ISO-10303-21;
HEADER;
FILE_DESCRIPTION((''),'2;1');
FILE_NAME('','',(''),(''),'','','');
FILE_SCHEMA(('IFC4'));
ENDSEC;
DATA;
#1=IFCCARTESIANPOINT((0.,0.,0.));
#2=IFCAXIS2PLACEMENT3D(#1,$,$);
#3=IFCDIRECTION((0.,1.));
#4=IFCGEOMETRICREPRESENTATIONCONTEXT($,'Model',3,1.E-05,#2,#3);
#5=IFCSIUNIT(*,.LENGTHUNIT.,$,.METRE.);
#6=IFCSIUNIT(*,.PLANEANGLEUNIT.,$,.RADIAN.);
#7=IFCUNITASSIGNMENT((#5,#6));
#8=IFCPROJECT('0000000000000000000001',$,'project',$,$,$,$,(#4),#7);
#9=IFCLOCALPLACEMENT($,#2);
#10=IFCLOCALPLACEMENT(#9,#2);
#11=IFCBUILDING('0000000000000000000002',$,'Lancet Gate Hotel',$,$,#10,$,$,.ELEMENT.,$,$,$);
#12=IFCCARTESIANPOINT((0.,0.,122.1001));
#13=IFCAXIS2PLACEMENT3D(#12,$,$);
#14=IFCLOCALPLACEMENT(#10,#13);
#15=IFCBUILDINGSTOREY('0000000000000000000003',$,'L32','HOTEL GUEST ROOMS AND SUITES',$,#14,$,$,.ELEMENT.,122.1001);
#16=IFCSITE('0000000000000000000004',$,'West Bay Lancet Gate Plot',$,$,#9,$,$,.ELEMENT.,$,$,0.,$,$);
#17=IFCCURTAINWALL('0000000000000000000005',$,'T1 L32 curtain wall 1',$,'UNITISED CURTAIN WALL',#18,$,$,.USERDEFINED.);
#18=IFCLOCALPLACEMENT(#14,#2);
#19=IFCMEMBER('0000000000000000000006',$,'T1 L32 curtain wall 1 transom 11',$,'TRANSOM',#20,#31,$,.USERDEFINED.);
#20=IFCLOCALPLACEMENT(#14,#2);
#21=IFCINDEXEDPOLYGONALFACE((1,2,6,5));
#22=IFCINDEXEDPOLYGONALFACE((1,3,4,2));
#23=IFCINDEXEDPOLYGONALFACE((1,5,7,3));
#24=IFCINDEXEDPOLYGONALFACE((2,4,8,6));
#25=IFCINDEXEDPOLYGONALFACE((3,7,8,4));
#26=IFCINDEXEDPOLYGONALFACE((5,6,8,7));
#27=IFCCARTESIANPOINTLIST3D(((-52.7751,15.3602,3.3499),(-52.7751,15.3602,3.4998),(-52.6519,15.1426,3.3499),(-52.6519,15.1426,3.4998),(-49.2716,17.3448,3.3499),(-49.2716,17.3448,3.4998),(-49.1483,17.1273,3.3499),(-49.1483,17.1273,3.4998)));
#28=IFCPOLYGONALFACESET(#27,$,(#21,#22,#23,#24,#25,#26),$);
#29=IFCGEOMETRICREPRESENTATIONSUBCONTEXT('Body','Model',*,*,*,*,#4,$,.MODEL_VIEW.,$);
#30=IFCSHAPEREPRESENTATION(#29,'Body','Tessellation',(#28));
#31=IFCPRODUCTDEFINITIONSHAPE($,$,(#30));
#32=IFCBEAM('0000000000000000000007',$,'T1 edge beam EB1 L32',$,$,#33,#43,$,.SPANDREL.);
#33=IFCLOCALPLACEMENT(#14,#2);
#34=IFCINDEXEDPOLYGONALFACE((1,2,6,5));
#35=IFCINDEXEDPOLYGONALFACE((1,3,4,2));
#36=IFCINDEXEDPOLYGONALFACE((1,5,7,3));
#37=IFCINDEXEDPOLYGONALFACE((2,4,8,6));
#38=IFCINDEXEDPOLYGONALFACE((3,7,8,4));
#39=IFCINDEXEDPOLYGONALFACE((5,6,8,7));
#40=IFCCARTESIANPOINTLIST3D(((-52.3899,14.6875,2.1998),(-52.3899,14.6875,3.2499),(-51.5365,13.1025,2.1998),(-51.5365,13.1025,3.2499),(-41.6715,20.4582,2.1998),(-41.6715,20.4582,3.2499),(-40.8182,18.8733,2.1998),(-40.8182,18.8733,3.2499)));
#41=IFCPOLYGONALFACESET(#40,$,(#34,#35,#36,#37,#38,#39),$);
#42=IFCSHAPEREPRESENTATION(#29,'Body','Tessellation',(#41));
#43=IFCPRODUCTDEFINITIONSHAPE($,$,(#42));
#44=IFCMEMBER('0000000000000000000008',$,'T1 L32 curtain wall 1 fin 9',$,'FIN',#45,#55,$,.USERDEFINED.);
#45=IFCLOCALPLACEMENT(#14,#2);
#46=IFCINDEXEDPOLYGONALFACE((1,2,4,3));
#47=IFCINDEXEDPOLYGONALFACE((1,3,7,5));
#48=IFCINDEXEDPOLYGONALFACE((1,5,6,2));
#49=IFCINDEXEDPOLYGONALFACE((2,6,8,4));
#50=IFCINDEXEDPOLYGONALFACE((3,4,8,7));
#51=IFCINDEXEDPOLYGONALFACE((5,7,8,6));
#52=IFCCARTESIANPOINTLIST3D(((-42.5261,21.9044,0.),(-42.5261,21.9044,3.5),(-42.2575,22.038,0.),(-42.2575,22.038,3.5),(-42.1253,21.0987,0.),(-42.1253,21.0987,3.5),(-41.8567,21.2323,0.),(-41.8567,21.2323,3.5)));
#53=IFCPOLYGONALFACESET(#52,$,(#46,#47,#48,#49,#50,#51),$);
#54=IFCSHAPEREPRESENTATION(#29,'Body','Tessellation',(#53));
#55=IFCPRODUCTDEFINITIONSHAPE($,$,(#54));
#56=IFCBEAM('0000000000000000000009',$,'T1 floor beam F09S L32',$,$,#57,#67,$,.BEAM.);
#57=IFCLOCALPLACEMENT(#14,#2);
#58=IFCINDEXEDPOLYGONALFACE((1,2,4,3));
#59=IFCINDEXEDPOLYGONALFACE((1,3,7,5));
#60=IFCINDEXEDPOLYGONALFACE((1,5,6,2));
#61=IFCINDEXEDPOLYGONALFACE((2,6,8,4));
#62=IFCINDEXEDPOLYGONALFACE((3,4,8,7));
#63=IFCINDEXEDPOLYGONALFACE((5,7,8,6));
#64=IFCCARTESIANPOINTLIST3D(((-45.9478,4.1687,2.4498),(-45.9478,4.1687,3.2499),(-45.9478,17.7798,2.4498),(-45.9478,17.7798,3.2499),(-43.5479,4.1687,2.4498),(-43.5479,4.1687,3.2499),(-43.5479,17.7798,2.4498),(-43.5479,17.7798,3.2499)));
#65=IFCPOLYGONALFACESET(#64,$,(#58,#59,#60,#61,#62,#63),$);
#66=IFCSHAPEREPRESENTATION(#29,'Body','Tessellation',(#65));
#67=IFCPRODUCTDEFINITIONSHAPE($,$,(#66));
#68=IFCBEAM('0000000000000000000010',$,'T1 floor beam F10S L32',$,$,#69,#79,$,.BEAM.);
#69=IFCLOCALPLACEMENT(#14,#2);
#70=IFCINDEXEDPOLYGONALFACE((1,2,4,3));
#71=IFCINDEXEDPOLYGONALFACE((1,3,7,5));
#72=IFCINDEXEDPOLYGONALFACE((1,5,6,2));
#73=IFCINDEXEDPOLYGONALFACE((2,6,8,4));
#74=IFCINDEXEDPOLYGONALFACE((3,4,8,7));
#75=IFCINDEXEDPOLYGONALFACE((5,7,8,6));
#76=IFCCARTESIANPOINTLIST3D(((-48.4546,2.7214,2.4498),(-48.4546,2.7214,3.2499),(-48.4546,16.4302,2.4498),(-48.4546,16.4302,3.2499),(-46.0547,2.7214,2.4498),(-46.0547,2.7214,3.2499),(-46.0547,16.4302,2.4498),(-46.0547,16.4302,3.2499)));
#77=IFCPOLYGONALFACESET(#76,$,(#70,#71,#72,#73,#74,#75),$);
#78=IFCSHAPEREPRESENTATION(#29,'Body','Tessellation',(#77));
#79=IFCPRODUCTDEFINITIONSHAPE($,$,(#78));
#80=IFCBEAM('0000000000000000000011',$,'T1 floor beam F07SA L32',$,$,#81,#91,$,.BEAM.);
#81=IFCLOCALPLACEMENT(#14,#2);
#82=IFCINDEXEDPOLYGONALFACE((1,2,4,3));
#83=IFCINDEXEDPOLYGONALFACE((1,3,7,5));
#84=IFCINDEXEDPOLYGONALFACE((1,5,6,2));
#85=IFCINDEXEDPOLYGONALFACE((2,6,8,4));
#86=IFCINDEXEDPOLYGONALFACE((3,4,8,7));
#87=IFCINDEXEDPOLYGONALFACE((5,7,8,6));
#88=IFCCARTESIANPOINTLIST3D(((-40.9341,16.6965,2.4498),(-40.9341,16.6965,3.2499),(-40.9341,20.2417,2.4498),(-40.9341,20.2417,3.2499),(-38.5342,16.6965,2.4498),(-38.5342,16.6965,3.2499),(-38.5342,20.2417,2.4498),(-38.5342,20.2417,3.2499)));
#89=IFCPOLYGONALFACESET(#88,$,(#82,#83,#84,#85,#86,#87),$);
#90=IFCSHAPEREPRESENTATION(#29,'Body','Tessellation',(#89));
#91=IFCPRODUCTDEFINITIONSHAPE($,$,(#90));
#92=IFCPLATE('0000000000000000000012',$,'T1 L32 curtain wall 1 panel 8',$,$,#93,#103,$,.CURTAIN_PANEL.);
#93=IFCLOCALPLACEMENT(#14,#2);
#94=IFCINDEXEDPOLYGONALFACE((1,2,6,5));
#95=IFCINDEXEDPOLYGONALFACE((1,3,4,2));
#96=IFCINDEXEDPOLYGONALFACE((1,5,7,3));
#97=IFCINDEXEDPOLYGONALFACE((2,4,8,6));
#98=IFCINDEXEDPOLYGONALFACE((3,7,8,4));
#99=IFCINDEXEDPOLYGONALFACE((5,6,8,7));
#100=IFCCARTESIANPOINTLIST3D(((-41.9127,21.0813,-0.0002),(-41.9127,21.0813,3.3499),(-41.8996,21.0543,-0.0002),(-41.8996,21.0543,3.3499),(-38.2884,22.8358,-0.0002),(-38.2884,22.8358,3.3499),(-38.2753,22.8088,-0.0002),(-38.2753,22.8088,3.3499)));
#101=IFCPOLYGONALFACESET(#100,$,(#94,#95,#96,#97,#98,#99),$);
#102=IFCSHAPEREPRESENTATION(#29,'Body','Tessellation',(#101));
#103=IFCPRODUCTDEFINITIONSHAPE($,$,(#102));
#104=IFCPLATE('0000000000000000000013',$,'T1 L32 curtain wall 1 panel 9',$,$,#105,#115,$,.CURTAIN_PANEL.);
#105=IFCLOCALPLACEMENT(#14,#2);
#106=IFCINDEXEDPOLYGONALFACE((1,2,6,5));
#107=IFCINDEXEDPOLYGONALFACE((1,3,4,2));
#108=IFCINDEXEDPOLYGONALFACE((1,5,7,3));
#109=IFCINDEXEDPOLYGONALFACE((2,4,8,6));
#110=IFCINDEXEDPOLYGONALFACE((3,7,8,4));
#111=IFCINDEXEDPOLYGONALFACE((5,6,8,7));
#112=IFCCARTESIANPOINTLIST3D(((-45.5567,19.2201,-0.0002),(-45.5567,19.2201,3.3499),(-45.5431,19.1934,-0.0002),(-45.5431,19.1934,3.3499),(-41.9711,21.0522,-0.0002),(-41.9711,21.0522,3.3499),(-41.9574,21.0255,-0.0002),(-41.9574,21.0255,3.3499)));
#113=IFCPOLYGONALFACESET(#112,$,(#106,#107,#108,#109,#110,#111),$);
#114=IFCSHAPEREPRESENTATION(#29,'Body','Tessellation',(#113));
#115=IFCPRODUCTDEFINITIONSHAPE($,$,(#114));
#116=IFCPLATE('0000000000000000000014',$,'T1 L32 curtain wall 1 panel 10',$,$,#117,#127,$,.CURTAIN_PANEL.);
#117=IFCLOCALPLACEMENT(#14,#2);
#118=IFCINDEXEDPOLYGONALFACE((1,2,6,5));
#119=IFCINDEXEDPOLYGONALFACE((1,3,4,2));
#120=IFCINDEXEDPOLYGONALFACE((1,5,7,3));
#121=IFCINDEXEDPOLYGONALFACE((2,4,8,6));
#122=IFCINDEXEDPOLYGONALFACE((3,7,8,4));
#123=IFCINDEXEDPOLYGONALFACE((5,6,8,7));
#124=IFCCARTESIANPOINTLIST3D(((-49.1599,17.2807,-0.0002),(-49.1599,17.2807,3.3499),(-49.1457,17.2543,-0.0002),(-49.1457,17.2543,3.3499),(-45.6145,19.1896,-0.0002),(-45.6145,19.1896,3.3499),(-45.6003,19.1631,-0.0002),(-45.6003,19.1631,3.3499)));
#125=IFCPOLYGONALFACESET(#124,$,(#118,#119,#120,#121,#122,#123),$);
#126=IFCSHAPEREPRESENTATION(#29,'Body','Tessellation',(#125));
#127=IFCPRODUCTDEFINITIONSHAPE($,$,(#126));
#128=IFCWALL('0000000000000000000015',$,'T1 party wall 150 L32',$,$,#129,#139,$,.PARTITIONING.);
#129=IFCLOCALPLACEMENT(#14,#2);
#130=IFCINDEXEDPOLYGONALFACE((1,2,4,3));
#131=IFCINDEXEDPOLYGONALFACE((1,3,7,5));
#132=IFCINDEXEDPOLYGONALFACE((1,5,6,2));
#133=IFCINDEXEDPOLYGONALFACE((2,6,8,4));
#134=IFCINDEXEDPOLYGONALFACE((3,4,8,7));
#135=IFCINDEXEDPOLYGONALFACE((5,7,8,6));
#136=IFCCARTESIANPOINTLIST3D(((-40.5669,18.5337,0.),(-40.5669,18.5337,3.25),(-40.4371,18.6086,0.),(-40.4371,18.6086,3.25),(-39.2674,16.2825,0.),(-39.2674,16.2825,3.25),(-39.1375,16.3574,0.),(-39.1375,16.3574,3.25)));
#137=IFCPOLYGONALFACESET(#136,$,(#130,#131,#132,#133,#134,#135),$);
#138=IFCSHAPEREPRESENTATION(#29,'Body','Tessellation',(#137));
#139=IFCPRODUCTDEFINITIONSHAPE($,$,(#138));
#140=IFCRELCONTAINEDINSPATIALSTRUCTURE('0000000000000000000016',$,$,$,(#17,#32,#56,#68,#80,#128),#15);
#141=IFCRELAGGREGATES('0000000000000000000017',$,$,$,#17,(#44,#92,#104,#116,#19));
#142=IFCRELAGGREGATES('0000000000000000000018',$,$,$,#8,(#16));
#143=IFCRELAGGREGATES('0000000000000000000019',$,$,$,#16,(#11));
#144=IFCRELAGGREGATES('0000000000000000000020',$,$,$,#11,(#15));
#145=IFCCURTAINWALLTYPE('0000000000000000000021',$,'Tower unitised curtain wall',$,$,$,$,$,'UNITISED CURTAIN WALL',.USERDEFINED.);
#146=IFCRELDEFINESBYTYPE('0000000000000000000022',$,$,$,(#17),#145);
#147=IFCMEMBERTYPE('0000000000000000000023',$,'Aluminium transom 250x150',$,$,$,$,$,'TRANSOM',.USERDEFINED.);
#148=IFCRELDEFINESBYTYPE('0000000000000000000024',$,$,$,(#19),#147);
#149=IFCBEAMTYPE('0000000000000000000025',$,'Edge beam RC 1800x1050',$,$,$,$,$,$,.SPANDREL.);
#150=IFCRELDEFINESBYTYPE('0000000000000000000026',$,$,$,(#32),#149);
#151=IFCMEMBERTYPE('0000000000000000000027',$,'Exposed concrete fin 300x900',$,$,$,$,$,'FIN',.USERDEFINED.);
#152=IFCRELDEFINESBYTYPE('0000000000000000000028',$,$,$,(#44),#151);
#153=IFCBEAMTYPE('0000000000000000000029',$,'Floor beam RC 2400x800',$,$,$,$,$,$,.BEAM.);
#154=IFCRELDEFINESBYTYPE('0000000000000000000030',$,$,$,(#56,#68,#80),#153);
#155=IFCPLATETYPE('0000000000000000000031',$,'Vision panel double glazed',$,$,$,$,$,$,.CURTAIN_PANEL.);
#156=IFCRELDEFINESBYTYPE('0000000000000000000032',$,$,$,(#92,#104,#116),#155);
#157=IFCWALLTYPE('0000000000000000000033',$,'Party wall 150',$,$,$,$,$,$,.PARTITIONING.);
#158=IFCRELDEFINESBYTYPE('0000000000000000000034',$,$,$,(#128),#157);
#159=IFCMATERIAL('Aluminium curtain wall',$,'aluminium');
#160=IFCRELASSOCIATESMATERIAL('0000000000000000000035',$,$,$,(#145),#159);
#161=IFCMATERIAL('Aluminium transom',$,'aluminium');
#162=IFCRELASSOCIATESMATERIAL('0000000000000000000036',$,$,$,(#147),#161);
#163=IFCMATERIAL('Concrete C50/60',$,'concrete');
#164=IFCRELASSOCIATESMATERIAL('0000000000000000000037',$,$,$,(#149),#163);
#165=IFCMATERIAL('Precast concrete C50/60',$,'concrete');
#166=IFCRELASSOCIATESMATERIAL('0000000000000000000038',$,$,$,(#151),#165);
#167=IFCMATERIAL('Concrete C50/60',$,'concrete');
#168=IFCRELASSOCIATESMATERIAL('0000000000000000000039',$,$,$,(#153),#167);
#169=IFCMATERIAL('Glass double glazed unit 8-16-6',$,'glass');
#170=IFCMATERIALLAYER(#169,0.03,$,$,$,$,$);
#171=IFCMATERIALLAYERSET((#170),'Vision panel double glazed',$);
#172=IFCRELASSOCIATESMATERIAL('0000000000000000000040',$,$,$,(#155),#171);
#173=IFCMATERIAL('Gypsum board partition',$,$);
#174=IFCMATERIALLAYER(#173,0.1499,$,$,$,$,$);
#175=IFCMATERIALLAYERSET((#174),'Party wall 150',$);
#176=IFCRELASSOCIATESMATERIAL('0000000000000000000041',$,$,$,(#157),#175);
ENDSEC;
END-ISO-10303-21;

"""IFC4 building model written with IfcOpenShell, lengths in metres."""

from ifc_helpers import new_model, si_unit, direction, frame, frame_2d, origin, origin_2d, place, context, subcontext, project, spatial, rectangle, extrude, material, layer, layer_set, material_profile, profile_set, type_object, element, aggregate, save


model = new_model("IFC4")

# Units and contexts
model_context = context("Model", 3, precision=1e-05, world=origin(), true_north=direction((0.0, 1.0)))
body_context = subcontext(model_context, "Body", "Model", "MODEL_VIEW")
ifc_project = project(units=[si_unit("LENGTHUNIT", "METRE"), si_unit("PLANEANGLEUNIT", "RADIAN")], contexts=[model_context])

# Site, building, storey
site_placement = place(None, origin())
site = spatial("IfcSite", under=ifc_project, at=site_placement, Name="West Bay Lancet Gate Plot", CompositionType="ELEMENT", RefElevation=0.0)
building_placement = place(site_placement, origin())
building = spatial("IfcBuilding", under=site, at=building_placement, Name="Lancet Gate Hotel", CompositionType="ELEMENT")
storey_placement = place(building_placement, frame((0.0, 0.0, 122.1001)))
storey = spatial("IfcBuildingStorey", under=building, at=storey_placement, Name="L32", Description="HOTEL GUEST ROOMS AND SUITES", CompositionType="ELEMENT", Elevation=122.1001)

# Curtain wall, member
ifc_material_1 = material(Name="Aluminium curtain wall", Category="aluminium")
curtain_wall_type = type_object("IfcCurtainWallType", Name="Tower unitised curtain wall", ElementType="UNITISED CURTAIN WALL", PredefinedType="USERDEFINED", material=ifc_material_1)
curtain_wall_placement = place(storey_placement, origin())
curtain_wall = element("IfcCurtainWall", 1, at=curtain_wall_placement, inside=storey, type_object=curtain_wall_type, Name="T1 L32 curtain wall 1", ObjectType="UNITISED CURTAIN WALL", PredefinedType="USERDEFINED")
ifc_material_2 = material(Name="Aluminium transom", Category="aluminium")
ifc_material_profile_1 = material_profile(ifc_material_2, rectangle(XDim=0.25, YDim=0.1499, at=origin_2d()), Name="TRANSOM 250x150")
ifc_profile_set_1 = profile_set([ifc_material_profile_1], Name="Aluminium transom")
member_type_1 = type_object("IfcMemberType", Name="Aluminium transom 250x150", ElementType="TRANSOM", PredefinedType="USERDEFINED", material=ifc_profile_set_1)
member_1_placement = place(storey_placement, frame((-49.21, 17.2361, 3.4248), z_axis=(-0.870092, -0.49289, 0.0), x_axis=(0.49289, -0.870092, 0.0)))
member_1 = element("IfcMember", 2, at=member_1_placement, type_object=member_type_1, Name="T1 L32 curtain wall 1 transom 11", ObjectType="TRANSOM", PredefinedType="USERDEFINED", context=body_context, shape_type="SweptSolid", body=[
    extrude(rectangle(XDim=0.25, YDim=0.1499, at=origin_2d()), origin(), (0.0, 0.0, 1.0), 4.0266),
])

# Beam
ifc_material_3 = material(Name="Concrete C50/60", Category="concrete")
ifc_material_profile_2 = material_profile(ifc_material_3, rectangle(XDim=1.8, YDim=1.05, at=origin_2d()), Name="RC 1800x1050")
ifc_profile_set_2 = profile_set([ifc_material_profile_2], Name="Concrete C50/60")
beam_type_1 = type_object("IfcBeamType", Name="Edge beam RC 1800x1050", PredefinedType="SPANDREL", material=ifc_profile_set_2)
beam_1_placement = place(storey_placement, frame((-41.2449, 19.6658, 2.7249), z_axis=(-0.880492, -0.47406, 0.0), x_axis=(0.47406, -0.880492, 0.0)))
element("IfcBeam", 3, at=beam_1_placement, inside=storey, type_object=beam_type_1, Name="T1 edge beam EB1 L32", PredefinedType="SPANDREL", context=body_context, shape_type="SweptSolid", body=[
    extrude(rectangle(XDim=1.8, YDim=1.05, at=origin_2d()), origin(), (0.0, 0.0, 1.0), 12.1731),
])

# Member
ifc_material_4 = material(Name="Precast concrete C50/60", Category="concrete")
ifc_material_profile_3 = material_profile(ifc_material_4, rectangle(XDim=0.3, YDim=0.8999, at=origin_2d()), Name="FIN 300x900")
ifc_profile_set_3 = profile_set([ifc_material_profile_3], Name="Precast concrete C50/60")
member_type_2 = type_object("IfcMemberType", Name="Exposed concrete fin 300x900", ElementType="FIN", PredefinedType="USERDEFINED", material=ifc_profile_set_3)
member_2_placement = place(storey_placement, frame((-42.1914, 21.5684, 0.0), z_axis=(0.0, 0.0, 1.0), x_axis=(-0.895339, -0.445384, 0.0)))
member_2 = element("IfcMember", 4, at=member_2_placement, type_object=member_type_2, Name="T1 L32 curtain wall 1 fin 9", ObjectType="FIN", PredefinedType="USERDEFINED", context=body_context, shape_type="SweptSolid", body=[
    extrude(rectangle(XDim=0.3, YDim=0.8999, at=origin_2d()), origin(), (0.0, 0.0, 1.0), 3.5),
])

# Beams
ifc_material_5 = material(Name="Concrete C50/60", Category="concrete")
ifc_material_profile_4 = material_profile(ifc_material_5, rectangle(XDim=2.3999, YDim=0.8, at=origin_2d()), Name="RC 2400x800")
ifc_profile_set_4 = profile_set([ifc_material_profile_4], Name="Concrete C50/60")
beam_type_2 = type_object("IfcBeamType", Name="Floor beam RC 2400x800", PredefinedType="BEAM", material=ifc_profile_set_4)
beam_2_placement = place(storey_placement, frame((-44.7478, 17.7798, 2.8499), z_axis=(0.0, -1.0, 0.0), x_axis=(1.0, 0.0, 0.0)))
element("IfcBeam", 5, at=beam_2_placement, inside=storey, type_object=beam_type_2, Name="T1 floor beam F09S L32", PredefinedType="BEAM", context=body_context, shape_type="SweptSolid", body=[
    extrude(rectangle(XDim=2.3999, YDim=0.8, at=origin_2d()), origin(), (0.0, 0.0, 1.0), 13.6111),
])
beam_3_placement = place(storey_placement, frame((-47.2546, 16.4302, 2.8499), z_axis=(0.0, -1.0, 0.0), x_axis=(1.0, 0.0, 0.0)))
element("IfcBeam", 6, at=beam_3_placement, inside=storey, type_object=beam_type_2, Name="T1 floor beam F10S L32", PredefinedType="BEAM", context=body_context, shape_type="SweptSolid", body=[
    extrude(rectangle(XDim=2.3999, YDim=0.8, at=origin_2d()), origin(), (0.0, 0.0, 1.0), 13.7087),
])
beam_4_placement = place(storey_placement, frame((-39.7341, 20.2417, 2.8499), z_axis=(0.0, -1.0, 0.0), x_axis=(1.0, 0.0, 0.0)))
element("IfcBeam", 7, at=beam_4_placement, inside=storey, type_object=beam_type_2, Name="T1 floor beam F07SA L32", PredefinedType="BEAM", context=body_context, shape_type="SweptSolid", body=[
    extrude(rectangle(XDim=2.3999, YDim=0.8, at=origin_2d()), origin(), (0.0, 0.0, 1.0), 3.5452),
])

# Plates
ifc_material_6 = material(Name="Glass double glazed unit 8-16-6", Category="glass")
ifc_layer_1 = layer(ifc_material_6, 0.03)
ifc_layer_set_1 = layer_set([ifc_layer_1], Name="Vision panel double glazed")
plate_type = type_object("IfcPlateType", Name="Vision panel double glazed", PredefinedType="CURTAIN_PANEL", material=ifc_layer_set_1)
plate_1_placement = place(storey_placement, frame((-40.094, 21.9451, -0.0002), z_axis=(0.0, 0.0, 1.0), x_axis=(-0.900082, -0.435721, 0.0)))
plate_1 = element("IfcPlate", 8, at=plate_1_placement, type_object=plate_type, Name="T1 L32 curtain wall 1 panel 8", PredefinedType="CURTAIN_PANEL", context=body_context, shape_type="SweptSolid", body=[
    extrude(rectangle(XDim=4.0266, YDim=0.03, at=origin_2d()), origin(), (0.0, 0.0, 1.0), 3.3501),
])
plate_2_placement = place(storey_placement, frame((-43.7571, 20.1228, -0.0002), z_axis=(0.0, 0.0, 1.0), x_axis=(-0.890493, -0.454996, 0.0)))
plate_2 = element("IfcPlate", 9, at=plate_2_placement, type_object=plate_type, Name="T1 L32 curtain wall 1 panel 9", PredefinedType="CURTAIN_PANEL", context=body_context, shape_type="SweptSolid", body=[
    extrude(rectangle(XDim=4.0266, YDim=0.03, at=origin_2d()), origin(), (0.0, 0.0, 1.0), 3.3501),
])
plate_3_placement = place(storey_placement, frame((-47.3801, 18.2219, -0.0002), z_axis=(0.0, 0.0, 1.0), x_axis=(-0.880493, -0.47406, 0.0)))
plate_3 = element("IfcPlate", 10, at=plate_3_placement, type_object=plate_type, Name="T1 L32 curtain wall 1 panel 10", PredefinedType="CURTAIN_PANEL", context=body_context, shape_type="SweptSolid", body=[
    extrude(rectangle(XDim=4.0266, YDim=0.03, at=origin_2d()), origin(), (0.0, 0.0, 1.0), 3.3501),
])
aggregate(curtain_wall, [member_2, plate_1, plate_2, plate_3, member_1])

# Wall
ifc_material_7 = material(Name="Gypsum board partition")
ifc_layer_2 = layer(ifc_material_7, 0.1499)
ifc_layer_set_2 = layer_set([ifc_layer_2], Name="Party wall 150")
wall_type = type_object("IfcWallType", Name="Party wall 150", PredefinedType="PARTITIONING", material=ifc_layer_set_2)
wall_placement = place(storey_placement, frame((-39.2024, 16.3198, 0.0), z_axis=(0.0, 0.0, 1.0), x_axis=(-0.499947, 0.866056, 0.0)))
element("IfcWall", 11, at=wall_placement, inside=storey, type_object=wall_type, Name="T1 party wall 150 L32", PredefinedType="PARTITIONING", context=body_context, shape_type="SweptSolid", body=[
    extrude(rectangle(XDim=2.5994, YDim=0.1499, at=frame_2d((1.2998, 0.0))), origin(), (0.0, 0.0, 1.0), 3.25),
])

save(model, "model.ifc")
